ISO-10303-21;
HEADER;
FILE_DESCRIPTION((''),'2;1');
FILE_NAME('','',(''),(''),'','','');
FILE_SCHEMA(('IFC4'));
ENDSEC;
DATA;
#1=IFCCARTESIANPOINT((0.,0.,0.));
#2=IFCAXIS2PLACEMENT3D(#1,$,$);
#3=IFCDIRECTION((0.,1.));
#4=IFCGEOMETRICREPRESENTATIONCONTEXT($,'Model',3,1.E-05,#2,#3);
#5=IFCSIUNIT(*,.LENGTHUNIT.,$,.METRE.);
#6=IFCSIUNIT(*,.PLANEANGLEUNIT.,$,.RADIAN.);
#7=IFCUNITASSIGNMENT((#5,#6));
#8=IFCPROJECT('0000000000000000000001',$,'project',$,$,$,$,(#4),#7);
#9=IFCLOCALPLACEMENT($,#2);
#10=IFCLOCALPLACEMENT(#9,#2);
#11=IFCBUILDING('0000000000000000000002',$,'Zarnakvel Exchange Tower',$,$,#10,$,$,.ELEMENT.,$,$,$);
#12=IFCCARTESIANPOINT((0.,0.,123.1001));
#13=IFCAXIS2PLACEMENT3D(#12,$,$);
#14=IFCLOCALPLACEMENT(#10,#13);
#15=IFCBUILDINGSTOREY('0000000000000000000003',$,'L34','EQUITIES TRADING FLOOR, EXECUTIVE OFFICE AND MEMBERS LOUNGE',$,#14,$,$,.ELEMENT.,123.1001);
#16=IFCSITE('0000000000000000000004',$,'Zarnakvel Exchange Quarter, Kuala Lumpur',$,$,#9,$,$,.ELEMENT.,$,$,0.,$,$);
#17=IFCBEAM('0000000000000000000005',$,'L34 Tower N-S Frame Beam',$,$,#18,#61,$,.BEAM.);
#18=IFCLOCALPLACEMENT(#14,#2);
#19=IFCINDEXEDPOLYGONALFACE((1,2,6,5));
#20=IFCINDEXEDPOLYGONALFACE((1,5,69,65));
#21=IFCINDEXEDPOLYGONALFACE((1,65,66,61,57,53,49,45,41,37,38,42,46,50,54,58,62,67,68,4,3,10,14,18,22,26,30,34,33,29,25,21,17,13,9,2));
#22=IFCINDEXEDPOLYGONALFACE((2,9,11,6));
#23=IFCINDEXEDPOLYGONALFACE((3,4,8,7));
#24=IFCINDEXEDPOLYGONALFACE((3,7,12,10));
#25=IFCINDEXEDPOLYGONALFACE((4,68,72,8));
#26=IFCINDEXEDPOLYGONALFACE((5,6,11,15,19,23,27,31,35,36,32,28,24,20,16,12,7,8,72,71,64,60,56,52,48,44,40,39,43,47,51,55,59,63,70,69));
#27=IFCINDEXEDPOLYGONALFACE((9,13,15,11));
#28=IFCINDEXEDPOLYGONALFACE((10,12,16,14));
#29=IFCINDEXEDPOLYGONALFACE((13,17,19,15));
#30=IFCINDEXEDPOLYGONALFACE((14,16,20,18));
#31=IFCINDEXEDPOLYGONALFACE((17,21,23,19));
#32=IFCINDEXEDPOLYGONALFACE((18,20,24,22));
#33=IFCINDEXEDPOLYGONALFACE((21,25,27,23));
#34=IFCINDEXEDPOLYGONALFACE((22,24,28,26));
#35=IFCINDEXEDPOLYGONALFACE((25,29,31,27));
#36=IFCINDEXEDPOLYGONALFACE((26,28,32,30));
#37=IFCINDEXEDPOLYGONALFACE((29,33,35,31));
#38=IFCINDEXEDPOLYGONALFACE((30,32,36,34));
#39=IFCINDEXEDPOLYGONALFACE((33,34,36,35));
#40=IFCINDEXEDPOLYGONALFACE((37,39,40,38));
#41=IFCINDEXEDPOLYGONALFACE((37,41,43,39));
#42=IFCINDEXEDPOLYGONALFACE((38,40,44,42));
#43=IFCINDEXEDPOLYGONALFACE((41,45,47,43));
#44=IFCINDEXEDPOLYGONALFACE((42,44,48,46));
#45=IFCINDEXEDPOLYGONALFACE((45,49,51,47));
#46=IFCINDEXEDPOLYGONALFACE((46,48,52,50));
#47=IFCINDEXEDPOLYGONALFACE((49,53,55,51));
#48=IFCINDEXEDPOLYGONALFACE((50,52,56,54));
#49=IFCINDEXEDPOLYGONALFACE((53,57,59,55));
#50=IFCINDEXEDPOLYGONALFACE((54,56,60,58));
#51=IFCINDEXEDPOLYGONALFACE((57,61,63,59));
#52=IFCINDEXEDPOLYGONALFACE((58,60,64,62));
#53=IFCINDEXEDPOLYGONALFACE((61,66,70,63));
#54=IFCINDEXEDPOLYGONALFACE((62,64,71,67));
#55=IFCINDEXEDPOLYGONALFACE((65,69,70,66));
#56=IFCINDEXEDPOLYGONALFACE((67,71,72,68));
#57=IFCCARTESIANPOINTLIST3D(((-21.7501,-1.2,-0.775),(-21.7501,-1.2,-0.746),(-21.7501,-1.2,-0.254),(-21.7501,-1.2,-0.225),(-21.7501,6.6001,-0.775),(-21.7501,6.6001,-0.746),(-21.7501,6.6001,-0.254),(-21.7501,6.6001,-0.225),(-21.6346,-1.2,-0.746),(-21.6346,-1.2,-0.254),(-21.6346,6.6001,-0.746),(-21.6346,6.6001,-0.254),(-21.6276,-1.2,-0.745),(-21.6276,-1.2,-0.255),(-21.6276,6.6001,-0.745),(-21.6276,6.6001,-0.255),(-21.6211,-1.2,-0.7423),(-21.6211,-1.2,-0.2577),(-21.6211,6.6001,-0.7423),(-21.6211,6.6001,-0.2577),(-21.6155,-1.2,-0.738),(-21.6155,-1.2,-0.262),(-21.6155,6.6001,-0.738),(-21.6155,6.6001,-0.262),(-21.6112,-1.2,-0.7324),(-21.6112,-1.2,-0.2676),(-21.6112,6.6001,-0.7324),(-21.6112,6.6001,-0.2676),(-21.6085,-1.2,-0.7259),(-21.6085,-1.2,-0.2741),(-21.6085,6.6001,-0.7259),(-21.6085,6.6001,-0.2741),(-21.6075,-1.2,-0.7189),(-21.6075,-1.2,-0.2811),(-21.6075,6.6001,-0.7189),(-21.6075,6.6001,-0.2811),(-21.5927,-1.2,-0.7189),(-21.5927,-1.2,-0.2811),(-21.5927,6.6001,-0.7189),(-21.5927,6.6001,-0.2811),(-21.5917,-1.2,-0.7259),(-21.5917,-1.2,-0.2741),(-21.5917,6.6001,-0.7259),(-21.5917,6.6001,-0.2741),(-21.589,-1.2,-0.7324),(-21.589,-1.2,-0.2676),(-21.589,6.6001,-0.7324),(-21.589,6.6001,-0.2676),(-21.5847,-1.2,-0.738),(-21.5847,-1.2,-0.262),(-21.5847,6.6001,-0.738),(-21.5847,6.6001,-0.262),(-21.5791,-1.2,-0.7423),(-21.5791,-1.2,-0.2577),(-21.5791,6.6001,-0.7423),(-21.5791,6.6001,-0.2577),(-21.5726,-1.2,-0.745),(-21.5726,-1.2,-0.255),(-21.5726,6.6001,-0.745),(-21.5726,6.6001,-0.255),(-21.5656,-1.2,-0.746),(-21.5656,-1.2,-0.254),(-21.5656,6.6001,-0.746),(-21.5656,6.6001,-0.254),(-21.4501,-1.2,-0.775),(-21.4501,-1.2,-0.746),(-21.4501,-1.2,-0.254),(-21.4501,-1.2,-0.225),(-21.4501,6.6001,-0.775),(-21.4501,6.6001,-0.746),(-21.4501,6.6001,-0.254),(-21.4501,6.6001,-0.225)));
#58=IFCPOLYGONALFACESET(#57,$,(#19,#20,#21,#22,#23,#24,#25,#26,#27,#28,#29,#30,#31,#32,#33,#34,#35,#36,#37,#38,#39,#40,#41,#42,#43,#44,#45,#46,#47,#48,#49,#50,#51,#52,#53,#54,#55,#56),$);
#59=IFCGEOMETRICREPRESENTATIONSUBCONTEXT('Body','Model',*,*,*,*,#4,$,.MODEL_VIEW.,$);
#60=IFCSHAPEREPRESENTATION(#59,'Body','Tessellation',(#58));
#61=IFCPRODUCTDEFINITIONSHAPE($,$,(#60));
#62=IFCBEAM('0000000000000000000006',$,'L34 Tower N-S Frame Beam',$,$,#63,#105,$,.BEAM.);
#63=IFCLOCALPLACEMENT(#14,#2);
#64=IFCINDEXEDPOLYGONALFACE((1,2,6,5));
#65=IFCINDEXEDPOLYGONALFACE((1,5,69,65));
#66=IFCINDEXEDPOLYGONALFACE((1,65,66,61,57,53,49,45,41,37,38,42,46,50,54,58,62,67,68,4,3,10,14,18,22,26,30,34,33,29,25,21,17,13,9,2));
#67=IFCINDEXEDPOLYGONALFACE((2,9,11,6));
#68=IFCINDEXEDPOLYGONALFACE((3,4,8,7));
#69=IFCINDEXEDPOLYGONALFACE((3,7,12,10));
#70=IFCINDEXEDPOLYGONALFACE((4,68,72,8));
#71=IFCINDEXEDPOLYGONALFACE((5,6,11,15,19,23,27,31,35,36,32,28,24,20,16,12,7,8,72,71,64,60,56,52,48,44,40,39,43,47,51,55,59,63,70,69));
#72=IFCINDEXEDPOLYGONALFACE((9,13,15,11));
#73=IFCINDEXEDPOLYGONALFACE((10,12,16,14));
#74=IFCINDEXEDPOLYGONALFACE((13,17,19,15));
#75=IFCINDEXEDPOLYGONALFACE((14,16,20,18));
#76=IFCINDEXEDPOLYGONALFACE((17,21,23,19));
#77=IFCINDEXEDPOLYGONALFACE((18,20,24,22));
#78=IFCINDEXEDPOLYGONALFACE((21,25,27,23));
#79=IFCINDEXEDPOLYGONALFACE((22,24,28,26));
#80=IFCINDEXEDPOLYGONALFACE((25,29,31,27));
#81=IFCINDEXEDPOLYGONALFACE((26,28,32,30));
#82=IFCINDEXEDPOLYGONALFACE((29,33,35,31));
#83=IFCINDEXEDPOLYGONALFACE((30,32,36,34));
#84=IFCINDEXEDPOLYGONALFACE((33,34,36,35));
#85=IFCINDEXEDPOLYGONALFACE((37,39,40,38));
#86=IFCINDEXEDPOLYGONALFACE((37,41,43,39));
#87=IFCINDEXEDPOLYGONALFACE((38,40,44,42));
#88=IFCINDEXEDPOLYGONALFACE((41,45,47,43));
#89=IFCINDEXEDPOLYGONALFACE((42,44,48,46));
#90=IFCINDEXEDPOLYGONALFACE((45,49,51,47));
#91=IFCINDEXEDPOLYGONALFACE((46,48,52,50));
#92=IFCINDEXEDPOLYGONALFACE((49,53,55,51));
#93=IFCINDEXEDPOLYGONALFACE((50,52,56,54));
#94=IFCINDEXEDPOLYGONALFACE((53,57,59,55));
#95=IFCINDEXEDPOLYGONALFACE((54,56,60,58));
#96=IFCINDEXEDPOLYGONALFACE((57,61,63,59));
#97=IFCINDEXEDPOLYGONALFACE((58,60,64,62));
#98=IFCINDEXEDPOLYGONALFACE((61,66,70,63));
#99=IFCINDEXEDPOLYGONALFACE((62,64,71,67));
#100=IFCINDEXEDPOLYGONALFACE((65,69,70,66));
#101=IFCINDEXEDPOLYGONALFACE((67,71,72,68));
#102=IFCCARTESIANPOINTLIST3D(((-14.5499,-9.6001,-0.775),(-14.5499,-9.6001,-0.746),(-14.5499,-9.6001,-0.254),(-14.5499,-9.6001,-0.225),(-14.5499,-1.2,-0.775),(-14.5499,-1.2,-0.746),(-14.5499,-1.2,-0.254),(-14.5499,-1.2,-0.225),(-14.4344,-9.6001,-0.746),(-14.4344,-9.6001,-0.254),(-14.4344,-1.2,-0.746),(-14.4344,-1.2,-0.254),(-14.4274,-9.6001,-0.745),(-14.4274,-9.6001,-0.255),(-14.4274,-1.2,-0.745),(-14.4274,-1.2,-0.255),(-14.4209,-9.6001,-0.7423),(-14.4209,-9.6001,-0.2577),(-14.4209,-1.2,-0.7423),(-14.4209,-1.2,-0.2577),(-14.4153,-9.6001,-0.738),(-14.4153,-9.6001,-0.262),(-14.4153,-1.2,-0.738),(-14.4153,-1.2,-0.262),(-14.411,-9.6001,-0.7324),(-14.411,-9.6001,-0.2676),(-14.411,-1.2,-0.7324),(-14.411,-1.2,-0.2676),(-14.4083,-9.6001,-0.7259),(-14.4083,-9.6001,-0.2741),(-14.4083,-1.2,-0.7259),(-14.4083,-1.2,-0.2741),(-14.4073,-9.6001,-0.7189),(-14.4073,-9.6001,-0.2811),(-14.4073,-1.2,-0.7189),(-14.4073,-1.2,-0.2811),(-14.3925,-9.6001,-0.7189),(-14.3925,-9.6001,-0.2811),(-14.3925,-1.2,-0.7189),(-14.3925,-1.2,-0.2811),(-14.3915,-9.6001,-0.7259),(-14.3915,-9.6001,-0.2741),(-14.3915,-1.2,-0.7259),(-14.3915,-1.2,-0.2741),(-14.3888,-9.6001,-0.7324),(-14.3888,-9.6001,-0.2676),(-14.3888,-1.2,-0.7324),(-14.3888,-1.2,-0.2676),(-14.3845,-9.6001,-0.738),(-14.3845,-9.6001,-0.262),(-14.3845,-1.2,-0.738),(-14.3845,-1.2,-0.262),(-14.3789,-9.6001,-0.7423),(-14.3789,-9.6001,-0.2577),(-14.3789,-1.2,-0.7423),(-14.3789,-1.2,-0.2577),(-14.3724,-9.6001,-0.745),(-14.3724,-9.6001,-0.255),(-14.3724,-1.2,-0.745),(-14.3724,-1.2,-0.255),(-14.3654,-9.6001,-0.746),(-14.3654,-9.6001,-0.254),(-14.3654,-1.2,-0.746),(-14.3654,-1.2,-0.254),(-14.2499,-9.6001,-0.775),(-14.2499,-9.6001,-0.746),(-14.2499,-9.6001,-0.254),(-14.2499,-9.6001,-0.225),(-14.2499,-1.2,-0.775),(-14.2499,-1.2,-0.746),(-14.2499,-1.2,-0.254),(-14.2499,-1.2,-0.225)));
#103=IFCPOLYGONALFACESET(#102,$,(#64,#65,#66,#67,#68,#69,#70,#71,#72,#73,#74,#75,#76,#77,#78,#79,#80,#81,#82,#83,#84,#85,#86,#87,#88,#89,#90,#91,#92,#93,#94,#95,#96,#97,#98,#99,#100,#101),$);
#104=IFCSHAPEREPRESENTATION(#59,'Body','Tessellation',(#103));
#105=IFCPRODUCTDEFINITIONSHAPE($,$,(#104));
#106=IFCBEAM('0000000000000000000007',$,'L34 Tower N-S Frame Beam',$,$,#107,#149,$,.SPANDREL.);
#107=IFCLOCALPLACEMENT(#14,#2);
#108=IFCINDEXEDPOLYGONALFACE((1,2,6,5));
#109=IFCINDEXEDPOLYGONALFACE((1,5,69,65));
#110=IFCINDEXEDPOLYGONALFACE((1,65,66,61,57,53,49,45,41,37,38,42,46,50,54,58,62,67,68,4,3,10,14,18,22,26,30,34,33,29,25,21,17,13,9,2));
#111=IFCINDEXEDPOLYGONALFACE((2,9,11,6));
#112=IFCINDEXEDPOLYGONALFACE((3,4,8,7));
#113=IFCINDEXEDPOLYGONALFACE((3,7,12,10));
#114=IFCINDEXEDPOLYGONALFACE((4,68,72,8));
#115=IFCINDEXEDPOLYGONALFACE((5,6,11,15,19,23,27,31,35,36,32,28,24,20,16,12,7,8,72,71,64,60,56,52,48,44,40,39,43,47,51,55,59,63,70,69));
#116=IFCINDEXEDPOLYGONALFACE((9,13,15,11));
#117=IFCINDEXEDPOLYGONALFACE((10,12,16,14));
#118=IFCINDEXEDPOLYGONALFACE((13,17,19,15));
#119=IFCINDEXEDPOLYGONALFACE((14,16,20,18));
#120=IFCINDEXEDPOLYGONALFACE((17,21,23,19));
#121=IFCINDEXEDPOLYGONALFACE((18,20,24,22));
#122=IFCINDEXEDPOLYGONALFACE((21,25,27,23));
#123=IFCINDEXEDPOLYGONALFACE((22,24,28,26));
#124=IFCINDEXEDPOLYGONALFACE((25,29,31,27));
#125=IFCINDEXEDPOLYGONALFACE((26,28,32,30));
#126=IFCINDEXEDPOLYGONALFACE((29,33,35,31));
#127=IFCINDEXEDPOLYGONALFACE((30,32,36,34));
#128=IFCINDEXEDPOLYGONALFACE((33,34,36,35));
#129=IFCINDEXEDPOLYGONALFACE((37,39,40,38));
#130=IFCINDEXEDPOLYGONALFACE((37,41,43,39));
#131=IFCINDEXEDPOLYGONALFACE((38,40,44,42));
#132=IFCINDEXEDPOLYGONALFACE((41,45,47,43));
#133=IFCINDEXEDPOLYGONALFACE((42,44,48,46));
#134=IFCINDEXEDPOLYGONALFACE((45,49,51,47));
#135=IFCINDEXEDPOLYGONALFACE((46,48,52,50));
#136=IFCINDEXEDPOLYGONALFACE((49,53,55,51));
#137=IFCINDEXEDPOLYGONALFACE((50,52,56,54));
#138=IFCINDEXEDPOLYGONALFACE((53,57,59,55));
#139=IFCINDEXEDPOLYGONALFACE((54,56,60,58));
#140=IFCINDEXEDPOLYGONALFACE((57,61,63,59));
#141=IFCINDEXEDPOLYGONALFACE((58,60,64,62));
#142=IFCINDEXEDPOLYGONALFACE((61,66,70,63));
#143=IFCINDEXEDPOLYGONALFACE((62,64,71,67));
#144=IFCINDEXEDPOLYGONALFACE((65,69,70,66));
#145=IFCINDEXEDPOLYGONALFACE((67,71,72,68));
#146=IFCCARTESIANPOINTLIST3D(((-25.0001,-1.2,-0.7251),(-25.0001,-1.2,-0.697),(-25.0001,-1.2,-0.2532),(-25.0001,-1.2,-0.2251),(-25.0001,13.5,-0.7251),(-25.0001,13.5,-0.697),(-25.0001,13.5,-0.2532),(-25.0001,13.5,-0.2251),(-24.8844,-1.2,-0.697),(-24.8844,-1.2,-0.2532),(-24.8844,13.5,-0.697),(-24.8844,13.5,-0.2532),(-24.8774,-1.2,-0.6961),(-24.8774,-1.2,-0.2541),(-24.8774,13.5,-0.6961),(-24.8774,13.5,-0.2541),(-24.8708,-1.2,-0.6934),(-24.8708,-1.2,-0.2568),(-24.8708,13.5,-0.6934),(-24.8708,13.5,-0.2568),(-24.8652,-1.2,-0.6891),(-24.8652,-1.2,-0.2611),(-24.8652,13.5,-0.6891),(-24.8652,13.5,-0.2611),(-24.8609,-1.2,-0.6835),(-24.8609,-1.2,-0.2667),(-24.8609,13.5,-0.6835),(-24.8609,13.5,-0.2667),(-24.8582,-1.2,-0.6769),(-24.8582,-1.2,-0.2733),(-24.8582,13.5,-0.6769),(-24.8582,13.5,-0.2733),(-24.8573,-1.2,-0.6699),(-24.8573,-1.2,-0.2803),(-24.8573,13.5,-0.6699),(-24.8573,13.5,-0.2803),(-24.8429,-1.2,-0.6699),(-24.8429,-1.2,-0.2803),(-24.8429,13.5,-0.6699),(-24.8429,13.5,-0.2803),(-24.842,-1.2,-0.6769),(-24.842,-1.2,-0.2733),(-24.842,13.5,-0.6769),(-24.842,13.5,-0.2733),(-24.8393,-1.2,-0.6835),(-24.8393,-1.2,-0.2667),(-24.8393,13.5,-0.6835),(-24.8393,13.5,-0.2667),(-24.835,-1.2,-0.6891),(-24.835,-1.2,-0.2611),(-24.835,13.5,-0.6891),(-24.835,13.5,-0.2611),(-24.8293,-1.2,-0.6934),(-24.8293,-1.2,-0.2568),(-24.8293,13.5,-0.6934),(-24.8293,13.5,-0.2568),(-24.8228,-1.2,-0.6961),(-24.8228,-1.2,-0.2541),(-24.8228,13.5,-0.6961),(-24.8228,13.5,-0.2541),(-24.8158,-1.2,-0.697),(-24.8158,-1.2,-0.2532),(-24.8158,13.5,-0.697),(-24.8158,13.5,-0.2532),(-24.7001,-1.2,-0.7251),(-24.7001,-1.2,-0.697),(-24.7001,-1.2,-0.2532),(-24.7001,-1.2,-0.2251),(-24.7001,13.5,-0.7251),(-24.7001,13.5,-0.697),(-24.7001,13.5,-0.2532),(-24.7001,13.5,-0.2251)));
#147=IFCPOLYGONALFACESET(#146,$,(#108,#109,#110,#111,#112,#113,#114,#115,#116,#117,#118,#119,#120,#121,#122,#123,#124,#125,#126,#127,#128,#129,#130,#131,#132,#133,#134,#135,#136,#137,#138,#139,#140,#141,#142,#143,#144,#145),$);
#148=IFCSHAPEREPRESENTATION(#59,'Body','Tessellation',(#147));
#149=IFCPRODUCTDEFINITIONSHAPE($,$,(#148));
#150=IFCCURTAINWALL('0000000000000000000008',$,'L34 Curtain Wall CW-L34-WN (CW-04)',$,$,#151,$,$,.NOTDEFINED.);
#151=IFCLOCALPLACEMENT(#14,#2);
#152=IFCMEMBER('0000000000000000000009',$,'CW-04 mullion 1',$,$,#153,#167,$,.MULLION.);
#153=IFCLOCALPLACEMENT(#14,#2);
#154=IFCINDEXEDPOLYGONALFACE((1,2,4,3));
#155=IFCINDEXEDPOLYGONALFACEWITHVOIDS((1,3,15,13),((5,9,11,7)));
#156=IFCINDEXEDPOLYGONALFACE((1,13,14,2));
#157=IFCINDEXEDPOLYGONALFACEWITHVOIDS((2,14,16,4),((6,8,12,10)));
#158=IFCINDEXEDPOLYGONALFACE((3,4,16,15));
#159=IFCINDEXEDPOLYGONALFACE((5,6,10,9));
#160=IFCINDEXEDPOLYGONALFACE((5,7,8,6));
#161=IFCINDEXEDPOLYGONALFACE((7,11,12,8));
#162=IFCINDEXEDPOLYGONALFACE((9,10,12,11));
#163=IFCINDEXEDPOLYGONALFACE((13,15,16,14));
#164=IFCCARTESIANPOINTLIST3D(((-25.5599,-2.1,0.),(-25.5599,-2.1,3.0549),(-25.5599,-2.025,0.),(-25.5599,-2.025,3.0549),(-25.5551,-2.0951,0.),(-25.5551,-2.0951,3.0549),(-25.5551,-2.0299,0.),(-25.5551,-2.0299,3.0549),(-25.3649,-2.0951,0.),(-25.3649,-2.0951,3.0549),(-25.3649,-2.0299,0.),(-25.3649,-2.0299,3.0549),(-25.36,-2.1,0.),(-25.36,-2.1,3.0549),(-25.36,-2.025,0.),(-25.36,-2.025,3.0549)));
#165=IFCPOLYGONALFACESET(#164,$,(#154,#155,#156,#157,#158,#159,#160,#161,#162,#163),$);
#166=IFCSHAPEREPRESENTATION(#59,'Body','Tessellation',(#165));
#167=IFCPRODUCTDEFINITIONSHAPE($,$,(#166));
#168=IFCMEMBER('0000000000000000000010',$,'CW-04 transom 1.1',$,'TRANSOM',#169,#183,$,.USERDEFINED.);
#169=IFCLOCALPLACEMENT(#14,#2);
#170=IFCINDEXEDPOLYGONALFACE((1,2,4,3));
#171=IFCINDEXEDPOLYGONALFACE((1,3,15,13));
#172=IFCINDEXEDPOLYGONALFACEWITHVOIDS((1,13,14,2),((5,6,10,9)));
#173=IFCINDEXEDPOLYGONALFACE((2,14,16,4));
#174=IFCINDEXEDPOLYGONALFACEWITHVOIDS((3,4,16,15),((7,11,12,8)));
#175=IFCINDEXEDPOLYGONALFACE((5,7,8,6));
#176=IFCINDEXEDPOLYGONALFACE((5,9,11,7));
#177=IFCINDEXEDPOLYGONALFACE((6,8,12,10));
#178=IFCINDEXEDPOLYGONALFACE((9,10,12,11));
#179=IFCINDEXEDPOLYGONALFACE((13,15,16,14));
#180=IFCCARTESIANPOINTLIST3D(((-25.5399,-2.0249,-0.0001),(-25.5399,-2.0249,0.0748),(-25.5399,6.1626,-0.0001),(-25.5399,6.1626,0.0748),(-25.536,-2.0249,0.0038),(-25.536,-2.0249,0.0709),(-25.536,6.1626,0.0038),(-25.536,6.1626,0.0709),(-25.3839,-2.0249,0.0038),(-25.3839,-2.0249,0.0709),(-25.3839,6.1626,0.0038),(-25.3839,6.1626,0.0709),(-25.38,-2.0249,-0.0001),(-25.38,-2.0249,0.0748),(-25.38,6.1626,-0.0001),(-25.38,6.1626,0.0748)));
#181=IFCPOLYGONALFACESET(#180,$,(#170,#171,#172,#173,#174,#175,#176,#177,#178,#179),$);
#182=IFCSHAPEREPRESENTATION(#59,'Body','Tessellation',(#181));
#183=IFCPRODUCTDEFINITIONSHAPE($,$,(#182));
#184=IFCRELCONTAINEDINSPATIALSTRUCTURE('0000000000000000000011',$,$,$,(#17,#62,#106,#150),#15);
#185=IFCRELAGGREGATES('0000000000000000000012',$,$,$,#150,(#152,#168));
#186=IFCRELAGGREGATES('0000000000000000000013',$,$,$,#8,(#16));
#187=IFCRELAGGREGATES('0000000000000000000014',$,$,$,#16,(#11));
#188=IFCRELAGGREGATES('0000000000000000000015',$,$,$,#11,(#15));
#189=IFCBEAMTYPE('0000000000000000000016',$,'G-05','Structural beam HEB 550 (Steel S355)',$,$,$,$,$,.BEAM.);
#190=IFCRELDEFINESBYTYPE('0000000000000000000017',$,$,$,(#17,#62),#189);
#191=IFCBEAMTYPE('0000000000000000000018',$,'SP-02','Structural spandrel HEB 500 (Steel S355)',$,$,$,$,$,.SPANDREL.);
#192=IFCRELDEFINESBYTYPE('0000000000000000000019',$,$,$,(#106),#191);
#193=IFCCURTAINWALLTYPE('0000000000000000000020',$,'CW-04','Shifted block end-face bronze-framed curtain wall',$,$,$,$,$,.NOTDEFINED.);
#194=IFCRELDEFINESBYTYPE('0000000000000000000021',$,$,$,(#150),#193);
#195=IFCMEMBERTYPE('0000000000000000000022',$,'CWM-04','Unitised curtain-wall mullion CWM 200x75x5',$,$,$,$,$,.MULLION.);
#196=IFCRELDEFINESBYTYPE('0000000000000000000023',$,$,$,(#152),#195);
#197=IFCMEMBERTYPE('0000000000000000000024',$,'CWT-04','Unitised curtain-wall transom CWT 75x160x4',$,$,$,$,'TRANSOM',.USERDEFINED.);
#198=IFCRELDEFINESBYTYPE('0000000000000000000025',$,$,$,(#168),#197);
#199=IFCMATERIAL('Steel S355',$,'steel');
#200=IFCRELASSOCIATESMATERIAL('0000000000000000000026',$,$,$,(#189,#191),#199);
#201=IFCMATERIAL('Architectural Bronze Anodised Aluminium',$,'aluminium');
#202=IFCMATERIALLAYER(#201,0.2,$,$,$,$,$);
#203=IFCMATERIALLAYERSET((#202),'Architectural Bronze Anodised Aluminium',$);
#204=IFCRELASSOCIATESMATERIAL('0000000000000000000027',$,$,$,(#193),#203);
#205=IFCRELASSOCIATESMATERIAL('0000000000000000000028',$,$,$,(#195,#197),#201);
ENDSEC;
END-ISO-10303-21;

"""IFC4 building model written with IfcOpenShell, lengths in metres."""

from ifc_helpers import new_model, si_unit, direction, frame, origin, origin_2d, place, context, subcontext, project, spatial, hollow_rectangle, i_section, extrude, source, transform, mapped, material, layer, layer_set, material_profile, profile_set, type_object, element, aggregate, save


model = new_model("IFC4")

# Units and contexts
model_context = context("Model", 3, precision=1e-05, world=origin(), true_north=direction((0.0, 1.0)))
body_context = subcontext(model_context, "Body", "Model", "MODEL_VIEW")
ifc_project = project(units=[si_unit("LENGTHUNIT", "METRE"), si_unit("PLANEANGLEUNIT", "RADIAN")], contexts=[model_context])

# Site, building, storey
site_placement = place(None, origin())
site = spatial("IfcSite", under=ifc_project, at=site_placement, Name="Zarnakvel Exchange Quarter, Kuala Lumpur", CompositionType="ELEMENT", RefElevation=0.0)
building_placement = place(site_placement, origin())
building = spatial("IfcBuilding", under=site, at=building_placement, Name="Zarnakvel Exchange Tower", CompositionType="ELEMENT")
storey_placement = place(building_placement, frame((0.0, 0.0, 123.1001)))
storey = spatial("IfcBuildingStorey", under=building, at=storey_placement, Name="L34", Description="EQUITIES TRADING FLOOR, EXECUTIVE OFFICE AND MEMBERS LOUNGE", CompositionType="ELEMENT", Elevation=123.1001)

# Shared definitions
ifc_material_1 = material(Name="Steel S355", Category="steel")

# Beams
ifc_material_profile_1 = material_profile(ifc_material_1, i_section(OverallWidth=0.3, OverallDepth=0.55, WebThickness=0.0149, FlangeThickness=0.0291, FilletRadius=0.0271, at=origin_2d()))
ifc_profile_set_1 = profile_set([ifc_material_profile_1], Name="Steel S355")
beam_type_1 = type_object("IfcBeamType", Name="G-05", Description="Structural beam HEB 550 (Steel S355)", PredefinedType="BEAM", material=ifc_profile_set_1)
beam_1_placement = place(storey_placement, frame((-21.6001, -1.2, -0.5), z_axis=(0.0, 1.0, 0.0), x_axis=(-1.0, 0.0, 0.0)))
element("IfcBeam", 1, at=beam_1_placement, inside=storey, type_object=beam_type_1, Name="L34 Tower N-S Frame Beam", PredefinedType="BEAM", context=body_context, shape_type="SweptSolid", body=[
    extrude(i_section(OverallWidth=0.3, OverallDepth=0.55, WebThickness=0.0149, FlangeThickness=0.0291, FilletRadius=0.0271, at=origin_2d()), origin(), (0.0, 0.0, 1.0), 7.8),
])
beam_2_placement = place(storey_placement, frame((-14.3999, -9.6001, -0.5), z_axis=(0.0, 1.0, 0.0), x_axis=(-1.0, 0.0, 0.0)))
element("IfcBeam", 2, at=beam_2_placement, inside=storey, type_object=beam_type_1, Name="L34 Tower N-S Frame Beam", PredefinedType="BEAM", context=body_context, shape_type="SweptSolid", body=[
    extrude(i_section(OverallWidth=0.3, OverallDepth=0.55, WebThickness=0.0149, FlangeThickness=0.0291, FilletRadius=0.0271, at=origin_2d()), origin(), (0.0, 0.0, 1.0), 8.4001),
])
ifc_material_profile_2 = material_profile(ifc_material_1, i_section(OverallWidth=0.3, OverallDepth=0.5, WebThickness=0.0144, FlangeThickness=0.0281, FilletRadius=0.0271, at=origin_2d()))
ifc_profile_set_2 = profile_set([ifc_material_profile_2], Name="Steel S355")
beam_type_2 = type_object("IfcBeamType", Name="SP-02", Description="Structural spandrel HEB 500 (Steel S355)", PredefinedType="SPANDREL", material=ifc_profile_set_2)
beam_3_placement = place(storey_placement, frame((-24.8501, -1.2, -0.4751), z_axis=(0.0, 1.0, 0.0), x_axis=(-1.0, 0.0, 0.0)))
element("IfcBeam", 3, at=beam_3_placement, inside=storey, type_object=beam_type_2, Name="L34 Tower N-S Frame Beam", PredefinedType="SPANDREL", context=body_context, shape_type="SweptSolid", body=[
    extrude(i_section(OverallWidth=0.3, OverallDepth=0.5, WebThickness=0.0144, FlangeThickness=0.0281, FilletRadius=0.0271, at=origin_2d()), origin(), (0.0, 0.0, 1.0), 14.7),
])

# Curtain wall, members
ifc_material_2 = material(Name="Architectural Bronze Anodised Aluminium", Category="aluminium")
ifc_layer_1 = layer(ifc_material_2, 0.2)
ifc_layer_set_1 = layer_set([ifc_layer_1], Name="Architectural Bronze Anodised Aluminium")
curtain_wall_type = type_object("IfcCurtainWallType", Name="CW-04", Description="Shifted block end-face bronze-framed curtain wall", PredefinedType="NOTDEFINED", material=ifc_layer_set_1)
curtain_wall_placement = place(storey_placement, origin())
curtain_wall = element("IfcCurtainWall", 4, at=curtain_wall_placement, inside=storey, type_object=curtain_wall_type, Name="L34 Curtain Wall CW-L34-WN (CW-04)", PredefinedType="NOTDEFINED")
ifc_material_profile_3 = material_profile(ifc_material_2, hollow_rectangle(XDim=0.2, YDim=0.075, WallThickness=0.0049, at=origin_2d()))
ifc_profile_set_3 = profile_set([ifc_material_profile_3], Name="Architectural Bronze Anodised Aluminium")
member_type_1 = type_object("IfcMemberType", Name="CWM-04", Description="Unitised curtain-wall mullion CWM 200x75x5", PredefinedType="MULLION", material=ifc_profile_set_3)
shared_shape_1 = source(origin(), body_context, "Body", "SweptSolid", [
    extrude(hollow_rectangle(XDim=0.2, YDim=0.075, WallThickness=0.0049, at=origin_2d()), origin(), (0.0, 0.0, 1.0), 3.0549),
])
member_1_placement = place(storey_placement, frame((-25.46, -2.0625, 0.0), z_axis=(0.0, 0.0, 1.0), x_axis=(-1.0, 0.0, 0.0)))
member_1 = element("IfcMember", 5, at=member_1_placement, type_object=member_type_1, Name="CW-04 mullion 1", PredefinedType="MULLION", context=body_context, shape_type="MappedRepresentation", body=[
    mapped(shared_shape_1, transform((0.0, 0.0, 0.0), x_axis=(1.0, 0.0, 0.0), y_axis=(0.0, 1.0, 0.0), z_axis=(0.0, 0.0, 1.0), scale=1.0)),
])
ifc_material_profile_4 = material_profile(ifc_material_2, hollow_rectangle(XDim=0.1599, YDim=0.075, WallThickness=0.0039, at=origin_2d()))
ifc_profile_set_4 = profile_set([ifc_material_profile_4], Name="Architectural Bronze Anodised Aluminium")
member_type_2 = type_object("IfcMemberType", Name="CWT-04", Description="Unitised curtain-wall transom CWT 75x160x4", ElementType="TRANSOM", PredefinedType="USERDEFINED", material=ifc_profile_set_4)
shared_shape_2 = source(origin(), body_context, "Body", "SweptSolid", [
    extrude(hollow_rectangle(XDim=0.1599, YDim=0.075, WallThickness=0.0039, at=origin_2d()), origin(), (0.0, 0.0, 1.0), 8.1875),
])
member_2_placement = place(storey_placement, frame((-25.46, -2.0249, 0.0374), z_axis=(0.0, 1.0, 0.0), x_axis=(-1.0, 0.0, 0.0)))
member_2 = element("IfcMember", 6, at=member_2_placement, type_object=member_type_2, Name="CW-04 transom 1.1", ObjectType="TRANSOM", PredefinedType="USERDEFINED", context=body_context, shape_type="MappedRepresentation", body=[
    mapped(shared_shape_2, transform((0.0, 0.0, 0.0), x_axis=(1.0, 0.0, 0.0), y_axis=(0.0, 1.0, 0.0), z_axis=(0.0, 0.0, 1.0), scale=1.0)),
])
aggregate(curtain_wall, [member_1, member_2])

save(model, "model.ifc")
